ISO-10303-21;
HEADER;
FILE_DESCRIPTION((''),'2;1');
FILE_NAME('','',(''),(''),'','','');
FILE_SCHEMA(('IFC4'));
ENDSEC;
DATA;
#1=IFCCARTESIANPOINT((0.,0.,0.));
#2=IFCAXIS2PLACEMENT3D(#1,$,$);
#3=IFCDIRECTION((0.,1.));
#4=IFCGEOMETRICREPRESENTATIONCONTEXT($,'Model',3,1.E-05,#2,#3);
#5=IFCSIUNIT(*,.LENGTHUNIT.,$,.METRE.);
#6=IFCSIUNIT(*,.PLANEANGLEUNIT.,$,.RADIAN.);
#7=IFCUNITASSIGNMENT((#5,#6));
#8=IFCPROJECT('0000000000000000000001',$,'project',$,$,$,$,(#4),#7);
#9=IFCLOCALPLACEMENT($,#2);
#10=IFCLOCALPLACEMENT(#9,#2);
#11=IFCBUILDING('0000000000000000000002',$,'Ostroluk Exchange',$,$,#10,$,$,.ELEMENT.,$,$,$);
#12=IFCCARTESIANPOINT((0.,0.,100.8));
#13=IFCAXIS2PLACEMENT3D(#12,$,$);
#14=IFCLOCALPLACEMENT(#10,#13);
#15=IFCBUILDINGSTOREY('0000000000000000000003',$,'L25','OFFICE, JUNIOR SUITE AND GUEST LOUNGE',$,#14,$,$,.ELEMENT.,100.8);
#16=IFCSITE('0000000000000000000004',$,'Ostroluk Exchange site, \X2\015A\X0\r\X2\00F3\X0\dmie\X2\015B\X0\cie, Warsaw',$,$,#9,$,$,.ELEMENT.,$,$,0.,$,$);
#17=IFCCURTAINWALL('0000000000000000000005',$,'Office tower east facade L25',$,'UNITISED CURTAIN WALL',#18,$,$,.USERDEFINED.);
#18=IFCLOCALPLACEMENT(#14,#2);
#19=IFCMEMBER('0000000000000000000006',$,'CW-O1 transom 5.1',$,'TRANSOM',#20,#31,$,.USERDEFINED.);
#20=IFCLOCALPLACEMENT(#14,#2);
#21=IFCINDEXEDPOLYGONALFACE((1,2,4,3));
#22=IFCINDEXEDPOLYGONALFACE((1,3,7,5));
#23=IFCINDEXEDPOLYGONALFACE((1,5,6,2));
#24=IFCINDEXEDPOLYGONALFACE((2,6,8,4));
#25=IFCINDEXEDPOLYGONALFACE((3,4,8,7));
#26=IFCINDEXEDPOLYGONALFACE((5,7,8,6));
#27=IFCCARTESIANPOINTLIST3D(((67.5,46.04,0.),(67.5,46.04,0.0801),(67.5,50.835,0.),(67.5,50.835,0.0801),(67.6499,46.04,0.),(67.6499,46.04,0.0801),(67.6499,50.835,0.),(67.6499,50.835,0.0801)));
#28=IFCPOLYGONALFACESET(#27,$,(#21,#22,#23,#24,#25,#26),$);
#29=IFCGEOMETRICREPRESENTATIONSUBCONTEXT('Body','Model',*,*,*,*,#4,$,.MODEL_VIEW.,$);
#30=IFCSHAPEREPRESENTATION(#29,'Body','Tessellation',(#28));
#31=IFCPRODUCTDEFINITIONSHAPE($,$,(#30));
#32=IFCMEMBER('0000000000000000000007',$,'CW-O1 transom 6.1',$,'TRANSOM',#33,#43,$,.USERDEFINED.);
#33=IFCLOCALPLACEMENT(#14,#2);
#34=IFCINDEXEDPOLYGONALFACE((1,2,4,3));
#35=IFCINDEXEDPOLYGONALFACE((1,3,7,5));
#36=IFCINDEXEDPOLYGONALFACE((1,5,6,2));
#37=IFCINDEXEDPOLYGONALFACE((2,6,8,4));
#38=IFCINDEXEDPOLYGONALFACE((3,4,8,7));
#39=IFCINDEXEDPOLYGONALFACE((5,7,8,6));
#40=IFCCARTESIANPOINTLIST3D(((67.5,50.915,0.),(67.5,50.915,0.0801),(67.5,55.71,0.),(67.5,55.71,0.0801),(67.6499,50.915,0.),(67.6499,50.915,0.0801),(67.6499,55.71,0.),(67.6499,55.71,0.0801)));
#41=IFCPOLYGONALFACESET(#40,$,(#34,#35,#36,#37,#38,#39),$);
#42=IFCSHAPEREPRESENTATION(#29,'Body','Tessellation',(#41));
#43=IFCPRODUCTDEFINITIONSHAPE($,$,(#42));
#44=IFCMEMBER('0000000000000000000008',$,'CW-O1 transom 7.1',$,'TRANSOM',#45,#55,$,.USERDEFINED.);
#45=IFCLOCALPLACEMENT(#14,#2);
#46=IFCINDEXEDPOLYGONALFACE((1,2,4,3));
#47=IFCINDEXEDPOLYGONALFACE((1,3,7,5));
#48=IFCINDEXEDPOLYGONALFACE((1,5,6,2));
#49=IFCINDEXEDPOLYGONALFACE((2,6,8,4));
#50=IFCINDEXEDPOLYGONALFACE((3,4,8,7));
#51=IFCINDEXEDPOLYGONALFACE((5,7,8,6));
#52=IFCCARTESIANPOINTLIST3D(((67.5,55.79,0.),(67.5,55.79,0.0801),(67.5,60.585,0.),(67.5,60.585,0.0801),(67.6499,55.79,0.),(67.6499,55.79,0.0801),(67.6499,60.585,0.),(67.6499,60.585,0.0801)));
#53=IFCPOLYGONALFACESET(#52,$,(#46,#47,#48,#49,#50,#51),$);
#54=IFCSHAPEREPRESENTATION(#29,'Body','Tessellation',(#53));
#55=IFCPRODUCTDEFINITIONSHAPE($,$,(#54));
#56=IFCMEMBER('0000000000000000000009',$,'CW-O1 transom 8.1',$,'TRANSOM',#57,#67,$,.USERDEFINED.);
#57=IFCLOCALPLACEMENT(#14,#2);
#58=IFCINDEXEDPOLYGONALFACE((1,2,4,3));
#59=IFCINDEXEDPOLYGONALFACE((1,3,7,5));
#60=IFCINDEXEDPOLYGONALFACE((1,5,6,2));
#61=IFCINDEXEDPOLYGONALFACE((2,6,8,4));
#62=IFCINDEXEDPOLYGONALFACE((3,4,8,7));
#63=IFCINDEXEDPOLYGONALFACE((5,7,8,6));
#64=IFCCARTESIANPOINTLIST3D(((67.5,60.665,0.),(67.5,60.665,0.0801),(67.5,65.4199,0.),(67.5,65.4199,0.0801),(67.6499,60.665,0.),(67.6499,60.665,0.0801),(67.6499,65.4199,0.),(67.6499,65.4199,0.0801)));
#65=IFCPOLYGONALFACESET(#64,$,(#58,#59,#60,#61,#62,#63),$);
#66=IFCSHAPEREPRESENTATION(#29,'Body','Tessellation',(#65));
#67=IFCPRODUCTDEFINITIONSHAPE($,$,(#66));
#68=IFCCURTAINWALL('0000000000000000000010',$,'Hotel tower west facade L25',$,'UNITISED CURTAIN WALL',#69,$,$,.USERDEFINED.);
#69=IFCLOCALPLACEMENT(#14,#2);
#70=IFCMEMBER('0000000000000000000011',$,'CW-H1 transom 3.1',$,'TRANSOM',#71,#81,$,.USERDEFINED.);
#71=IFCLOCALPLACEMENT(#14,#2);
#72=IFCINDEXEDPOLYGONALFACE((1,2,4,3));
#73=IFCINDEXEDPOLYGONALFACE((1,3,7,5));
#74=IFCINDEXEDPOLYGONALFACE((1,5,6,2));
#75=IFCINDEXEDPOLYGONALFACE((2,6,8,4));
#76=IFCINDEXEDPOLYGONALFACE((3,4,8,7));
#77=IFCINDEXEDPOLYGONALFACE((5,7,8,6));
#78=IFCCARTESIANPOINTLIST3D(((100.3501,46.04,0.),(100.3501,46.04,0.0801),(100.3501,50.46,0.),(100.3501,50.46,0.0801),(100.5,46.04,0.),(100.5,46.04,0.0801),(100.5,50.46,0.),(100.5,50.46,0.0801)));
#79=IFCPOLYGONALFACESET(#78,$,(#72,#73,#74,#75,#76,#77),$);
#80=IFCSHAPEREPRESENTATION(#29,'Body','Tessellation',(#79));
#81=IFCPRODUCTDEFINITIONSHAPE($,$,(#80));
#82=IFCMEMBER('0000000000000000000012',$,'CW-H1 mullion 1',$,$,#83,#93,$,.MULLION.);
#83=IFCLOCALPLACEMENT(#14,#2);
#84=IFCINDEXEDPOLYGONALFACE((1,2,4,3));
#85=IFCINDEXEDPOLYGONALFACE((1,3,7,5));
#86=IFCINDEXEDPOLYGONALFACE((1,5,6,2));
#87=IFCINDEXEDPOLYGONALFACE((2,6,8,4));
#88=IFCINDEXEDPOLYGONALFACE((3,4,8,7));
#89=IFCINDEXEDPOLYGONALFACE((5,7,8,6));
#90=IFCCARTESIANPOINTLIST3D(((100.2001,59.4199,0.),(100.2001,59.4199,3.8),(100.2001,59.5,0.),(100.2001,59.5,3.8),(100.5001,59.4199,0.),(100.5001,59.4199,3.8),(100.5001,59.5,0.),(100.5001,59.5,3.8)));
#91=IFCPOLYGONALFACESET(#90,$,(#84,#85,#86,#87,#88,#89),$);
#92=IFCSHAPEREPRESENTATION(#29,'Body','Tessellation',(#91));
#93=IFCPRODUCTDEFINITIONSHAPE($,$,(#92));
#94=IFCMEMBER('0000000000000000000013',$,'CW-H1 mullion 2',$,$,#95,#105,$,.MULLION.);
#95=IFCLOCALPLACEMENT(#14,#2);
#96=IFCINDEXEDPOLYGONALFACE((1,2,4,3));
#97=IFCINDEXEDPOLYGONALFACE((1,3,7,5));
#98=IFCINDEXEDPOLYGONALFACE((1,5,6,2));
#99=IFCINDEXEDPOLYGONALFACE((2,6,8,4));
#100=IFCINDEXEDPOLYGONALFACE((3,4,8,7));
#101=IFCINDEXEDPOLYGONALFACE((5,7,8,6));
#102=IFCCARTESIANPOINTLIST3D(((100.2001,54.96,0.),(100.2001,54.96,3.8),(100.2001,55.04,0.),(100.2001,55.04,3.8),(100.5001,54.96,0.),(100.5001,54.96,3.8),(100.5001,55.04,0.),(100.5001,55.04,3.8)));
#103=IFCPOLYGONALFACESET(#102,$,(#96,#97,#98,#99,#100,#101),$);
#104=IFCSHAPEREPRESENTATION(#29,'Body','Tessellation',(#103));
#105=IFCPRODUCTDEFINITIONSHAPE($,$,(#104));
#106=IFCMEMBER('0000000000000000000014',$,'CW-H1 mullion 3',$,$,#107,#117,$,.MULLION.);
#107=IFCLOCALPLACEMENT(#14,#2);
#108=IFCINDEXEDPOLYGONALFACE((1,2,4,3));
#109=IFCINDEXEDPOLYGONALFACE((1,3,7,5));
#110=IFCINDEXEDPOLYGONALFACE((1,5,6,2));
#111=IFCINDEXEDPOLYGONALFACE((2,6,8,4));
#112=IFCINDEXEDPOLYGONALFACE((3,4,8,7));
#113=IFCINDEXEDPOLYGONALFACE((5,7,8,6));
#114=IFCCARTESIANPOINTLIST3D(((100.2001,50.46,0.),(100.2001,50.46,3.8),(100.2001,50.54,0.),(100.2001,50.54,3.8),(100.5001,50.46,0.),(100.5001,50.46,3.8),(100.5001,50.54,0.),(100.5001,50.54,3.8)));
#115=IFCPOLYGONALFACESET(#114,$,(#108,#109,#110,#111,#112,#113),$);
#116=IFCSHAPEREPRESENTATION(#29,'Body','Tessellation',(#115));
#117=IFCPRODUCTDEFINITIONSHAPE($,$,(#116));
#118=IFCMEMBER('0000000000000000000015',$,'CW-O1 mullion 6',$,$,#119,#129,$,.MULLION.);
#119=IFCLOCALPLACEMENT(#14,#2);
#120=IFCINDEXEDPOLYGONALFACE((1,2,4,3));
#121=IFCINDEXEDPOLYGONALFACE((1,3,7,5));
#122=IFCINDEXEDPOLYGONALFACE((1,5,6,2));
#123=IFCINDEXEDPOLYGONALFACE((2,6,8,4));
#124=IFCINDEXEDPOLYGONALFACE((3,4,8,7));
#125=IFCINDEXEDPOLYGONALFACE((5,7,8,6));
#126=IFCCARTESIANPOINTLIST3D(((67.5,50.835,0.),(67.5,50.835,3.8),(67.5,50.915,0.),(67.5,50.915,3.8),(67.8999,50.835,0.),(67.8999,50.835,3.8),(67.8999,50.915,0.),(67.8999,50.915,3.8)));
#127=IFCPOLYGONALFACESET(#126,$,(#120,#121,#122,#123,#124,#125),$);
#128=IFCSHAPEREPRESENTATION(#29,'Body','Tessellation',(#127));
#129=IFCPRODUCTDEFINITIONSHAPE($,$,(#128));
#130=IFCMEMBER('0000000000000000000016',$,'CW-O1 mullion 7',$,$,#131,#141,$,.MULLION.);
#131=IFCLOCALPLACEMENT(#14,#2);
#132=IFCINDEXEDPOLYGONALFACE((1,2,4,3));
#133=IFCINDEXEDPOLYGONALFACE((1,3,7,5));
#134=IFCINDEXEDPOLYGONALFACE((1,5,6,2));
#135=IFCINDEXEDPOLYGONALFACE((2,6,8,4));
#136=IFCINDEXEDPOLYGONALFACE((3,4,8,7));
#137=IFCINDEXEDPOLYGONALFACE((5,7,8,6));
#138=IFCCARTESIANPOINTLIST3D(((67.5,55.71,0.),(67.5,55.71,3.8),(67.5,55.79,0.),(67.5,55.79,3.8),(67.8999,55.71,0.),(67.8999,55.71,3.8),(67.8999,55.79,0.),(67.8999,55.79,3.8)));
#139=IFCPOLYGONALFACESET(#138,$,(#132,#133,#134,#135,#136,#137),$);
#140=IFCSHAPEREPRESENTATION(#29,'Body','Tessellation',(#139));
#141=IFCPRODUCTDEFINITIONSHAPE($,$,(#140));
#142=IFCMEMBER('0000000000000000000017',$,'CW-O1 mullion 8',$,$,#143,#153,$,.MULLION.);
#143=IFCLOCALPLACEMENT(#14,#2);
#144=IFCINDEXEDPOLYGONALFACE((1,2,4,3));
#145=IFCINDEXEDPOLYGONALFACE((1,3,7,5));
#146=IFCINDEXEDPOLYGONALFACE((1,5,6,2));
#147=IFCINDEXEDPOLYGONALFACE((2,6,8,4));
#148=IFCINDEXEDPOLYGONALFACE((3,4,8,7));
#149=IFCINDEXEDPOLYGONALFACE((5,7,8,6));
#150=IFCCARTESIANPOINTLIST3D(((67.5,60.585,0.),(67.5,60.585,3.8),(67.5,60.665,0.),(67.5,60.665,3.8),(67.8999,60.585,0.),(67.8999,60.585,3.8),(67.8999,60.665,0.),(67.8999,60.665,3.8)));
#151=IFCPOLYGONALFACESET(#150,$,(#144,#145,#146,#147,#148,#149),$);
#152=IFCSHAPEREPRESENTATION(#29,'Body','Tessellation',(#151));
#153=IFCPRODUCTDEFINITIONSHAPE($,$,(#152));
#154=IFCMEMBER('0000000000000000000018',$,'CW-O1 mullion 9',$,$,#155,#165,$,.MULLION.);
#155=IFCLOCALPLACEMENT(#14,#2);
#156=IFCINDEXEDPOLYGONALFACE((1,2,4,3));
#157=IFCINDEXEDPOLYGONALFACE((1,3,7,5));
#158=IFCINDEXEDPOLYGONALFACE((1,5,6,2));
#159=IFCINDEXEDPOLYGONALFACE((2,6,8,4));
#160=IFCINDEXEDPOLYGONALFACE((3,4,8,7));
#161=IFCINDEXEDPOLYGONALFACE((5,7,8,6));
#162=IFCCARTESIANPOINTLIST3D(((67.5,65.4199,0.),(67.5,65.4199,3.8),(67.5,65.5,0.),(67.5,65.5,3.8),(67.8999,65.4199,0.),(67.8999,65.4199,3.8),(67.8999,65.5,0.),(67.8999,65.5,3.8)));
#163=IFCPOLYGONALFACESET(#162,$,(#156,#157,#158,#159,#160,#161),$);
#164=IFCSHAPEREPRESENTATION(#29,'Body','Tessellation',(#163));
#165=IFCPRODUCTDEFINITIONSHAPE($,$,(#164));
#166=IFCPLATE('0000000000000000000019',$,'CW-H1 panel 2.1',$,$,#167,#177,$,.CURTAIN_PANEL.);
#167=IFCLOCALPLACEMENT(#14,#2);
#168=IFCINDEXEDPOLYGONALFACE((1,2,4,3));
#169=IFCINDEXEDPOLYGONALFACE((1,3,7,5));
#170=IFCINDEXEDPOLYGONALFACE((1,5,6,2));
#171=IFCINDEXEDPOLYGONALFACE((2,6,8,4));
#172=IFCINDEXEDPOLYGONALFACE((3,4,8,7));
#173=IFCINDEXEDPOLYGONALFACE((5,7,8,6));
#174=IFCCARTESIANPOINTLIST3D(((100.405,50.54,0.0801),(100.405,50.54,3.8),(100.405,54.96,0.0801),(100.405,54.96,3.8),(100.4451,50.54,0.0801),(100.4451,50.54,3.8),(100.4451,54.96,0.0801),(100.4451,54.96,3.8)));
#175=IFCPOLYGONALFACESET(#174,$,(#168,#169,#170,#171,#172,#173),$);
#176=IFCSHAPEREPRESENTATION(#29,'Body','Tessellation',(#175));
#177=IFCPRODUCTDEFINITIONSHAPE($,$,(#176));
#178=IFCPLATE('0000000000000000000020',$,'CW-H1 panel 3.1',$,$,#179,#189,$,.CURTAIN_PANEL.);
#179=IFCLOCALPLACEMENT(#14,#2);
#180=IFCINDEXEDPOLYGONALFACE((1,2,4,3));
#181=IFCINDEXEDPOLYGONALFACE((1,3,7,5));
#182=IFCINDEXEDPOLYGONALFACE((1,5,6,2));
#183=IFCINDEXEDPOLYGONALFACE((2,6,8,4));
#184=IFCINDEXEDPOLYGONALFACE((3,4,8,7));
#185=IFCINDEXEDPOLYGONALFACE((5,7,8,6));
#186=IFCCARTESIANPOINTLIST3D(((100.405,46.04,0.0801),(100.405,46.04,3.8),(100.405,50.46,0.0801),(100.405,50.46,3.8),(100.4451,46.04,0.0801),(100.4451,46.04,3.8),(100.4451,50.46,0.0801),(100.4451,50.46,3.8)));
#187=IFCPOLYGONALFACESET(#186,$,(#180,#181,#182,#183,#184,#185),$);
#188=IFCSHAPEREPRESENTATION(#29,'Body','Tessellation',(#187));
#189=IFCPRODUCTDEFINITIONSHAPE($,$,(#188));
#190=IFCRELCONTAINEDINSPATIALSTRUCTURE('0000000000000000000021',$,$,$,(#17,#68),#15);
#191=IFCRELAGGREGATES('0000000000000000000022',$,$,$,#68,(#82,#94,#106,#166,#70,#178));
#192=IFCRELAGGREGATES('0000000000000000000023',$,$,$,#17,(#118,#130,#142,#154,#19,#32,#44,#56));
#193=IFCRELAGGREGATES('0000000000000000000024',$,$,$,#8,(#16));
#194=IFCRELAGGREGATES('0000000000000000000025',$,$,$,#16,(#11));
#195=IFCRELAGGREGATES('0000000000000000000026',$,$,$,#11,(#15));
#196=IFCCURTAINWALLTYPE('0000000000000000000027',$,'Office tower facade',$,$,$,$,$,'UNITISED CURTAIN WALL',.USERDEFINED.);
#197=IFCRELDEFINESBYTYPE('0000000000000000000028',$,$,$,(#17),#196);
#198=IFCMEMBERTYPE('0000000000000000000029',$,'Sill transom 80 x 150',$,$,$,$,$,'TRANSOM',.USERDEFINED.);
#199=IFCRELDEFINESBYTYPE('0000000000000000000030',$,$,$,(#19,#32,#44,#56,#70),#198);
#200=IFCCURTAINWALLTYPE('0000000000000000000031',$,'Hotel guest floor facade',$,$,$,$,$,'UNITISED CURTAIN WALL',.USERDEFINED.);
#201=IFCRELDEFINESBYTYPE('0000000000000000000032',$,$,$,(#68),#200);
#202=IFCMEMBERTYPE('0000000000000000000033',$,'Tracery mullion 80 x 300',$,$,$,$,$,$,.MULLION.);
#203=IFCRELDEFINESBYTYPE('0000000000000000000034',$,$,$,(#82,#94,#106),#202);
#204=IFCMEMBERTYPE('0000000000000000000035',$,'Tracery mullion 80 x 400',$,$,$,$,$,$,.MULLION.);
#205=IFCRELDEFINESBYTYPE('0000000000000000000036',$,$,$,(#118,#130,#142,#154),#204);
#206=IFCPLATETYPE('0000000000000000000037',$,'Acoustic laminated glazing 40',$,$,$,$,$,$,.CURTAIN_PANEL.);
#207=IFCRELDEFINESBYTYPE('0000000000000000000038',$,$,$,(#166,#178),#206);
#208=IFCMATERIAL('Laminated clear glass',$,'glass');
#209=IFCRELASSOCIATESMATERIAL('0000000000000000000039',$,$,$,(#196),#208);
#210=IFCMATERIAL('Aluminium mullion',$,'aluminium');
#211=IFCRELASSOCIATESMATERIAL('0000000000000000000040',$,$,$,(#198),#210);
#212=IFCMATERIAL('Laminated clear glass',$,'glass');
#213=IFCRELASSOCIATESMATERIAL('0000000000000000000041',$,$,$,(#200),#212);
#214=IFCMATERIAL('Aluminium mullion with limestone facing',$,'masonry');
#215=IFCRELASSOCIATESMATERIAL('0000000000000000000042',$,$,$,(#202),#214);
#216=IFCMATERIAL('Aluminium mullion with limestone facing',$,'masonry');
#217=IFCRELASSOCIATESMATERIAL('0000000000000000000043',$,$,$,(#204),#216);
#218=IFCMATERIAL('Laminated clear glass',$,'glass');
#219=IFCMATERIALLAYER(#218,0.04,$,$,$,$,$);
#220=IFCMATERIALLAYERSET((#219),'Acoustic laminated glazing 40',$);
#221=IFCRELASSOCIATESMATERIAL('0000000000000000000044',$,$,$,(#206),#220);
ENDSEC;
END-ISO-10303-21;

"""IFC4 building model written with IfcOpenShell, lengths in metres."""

from ifc_helpers import new_model, si_unit, direction, frame, origin, origin_2d, place, context, subcontext, project, spatial, rectangle, extrude, material, layer, layer_set, material_profile, profile_set, type_object, element, aggregate, save


model = new_model("IFC4")

# Units and contexts
model_context = context("Model", 3, precision=1e-05, world=origin(), true_north=direction((0.0, 1.0)))
body_context = subcontext(model_context, "Body", "Model", "MODEL_VIEW")
ifc_project = project(units=[si_unit("LENGTHUNIT", "METRE"), si_unit("PLANEANGLEUNIT", "RADIAN")], contexts=[model_context])

# Site, building, storey
site_placement = place(None, origin())
site = spatial("IfcSite", under=ifc_project, at=site_placement, Name="Ostroluk Exchange site, Śródmieście, Warsaw", CompositionType="ELEMENT", RefElevation=0.0)
building_placement = place(site_placement, origin())
building = spatial("IfcBuilding", under=site, at=building_placement, Name="Ostroluk Exchange", CompositionType="ELEMENT")
storey_placement = place(building_placement, frame((0.0, 0.0, 100.8)))
storey = spatial("IfcBuildingStorey", under=building, at=storey_placement, Name="L25", Description="OFFICE, JUNIOR SUITE AND GUEST LOUNGE", CompositionType="ELEMENT", Elevation=100.8)

# Curtain walls, members
ifc_material_1 = material(Name="Laminated clear glass", Category="glass")
curtain_wall_type_1 = type_object("IfcCurtainWallType", Name="Office tower facade", ElementType="UNITISED CURTAIN WALL", PredefinedType="USERDEFINED", material=ifc_material_1)
curtain_wall_1_placement = place(storey_placement, origin())
curtain_wall_1 = element("IfcCurtainWall", 1, at=curtain_wall_1_placement, inside=storey, type_object=curtain_wall_type_1, Name="Office tower east facade L25", ObjectType="UNITISED CURTAIN WALL", PredefinedType="USERDEFINED")
ifc_material_2 = material(Name="Aluminium mullion", Category="aluminium")
ifc_material_profile_1 = material_profile(ifc_material_2, rectangle(XDim=0.1499, YDim=0.0801, at=origin_2d()), Name="Sill transom 80 x 150")
ifc_profile_set_1 = profile_set([ifc_material_profile_1], Name="Aluminium mullion")
member_type_1 = type_object("IfcMemberType", Name="Sill transom 80 x 150", ElementType="TRANSOM", PredefinedType="USERDEFINED", material=ifc_profile_set_1)
member_1_placement = place(storey_placement, frame((67.575, 46.04, 0.04), z_axis=(0.0, 1.0, 0.0), x_axis=(-1.0, 0.0, 0.0)))
member_1 = element("IfcMember", 2, at=member_1_placement, type_object=member_type_1, Name="CW-O1 transom 5.1", ObjectType="TRANSOM", PredefinedType="USERDEFINED", context=body_context, shape_type="SweptSolid", body=[
    extrude(rectangle(XDim=0.1499, YDim=0.0801, at=origin_2d()), origin(), (0.0, 0.0, 1.0), 4.7949),
])
member_2_placement = place(storey_placement, frame((67.575, 50.915, 0.04), z_axis=(0.0, 1.0, 0.0), x_axis=(-1.0, 0.0, 0.0)))
member_2 = element("IfcMember", 3, at=member_2_placement, type_object=member_type_1, Name="CW-O1 transom 6.1", ObjectType="TRANSOM", PredefinedType="USERDEFINED", context=body_context, shape_type="SweptSolid", body=[
    extrude(rectangle(XDim=0.1499, YDim=0.0801, at=origin_2d()), origin(), (0.0, 0.0, 1.0), 4.7949),
])
member_3_placement = place(storey_placement, frame((67.575, 55.79, 0.04), z_axis=(0.0, 1.0, 0.0), x_axis=(-1.0, 0.0, 0.0)))
member_3 = element("IfcMember", 4, at=member_3_placement, type_object=member_type_1, Name="CW-O1 transom 7.1", ObjectType="TRANSOM", PredefinedType="USERDEFINED", context=body_context, shape_type="SweptSolid", body=[
    extrude(rectangle(XDim=0.1499, YDim=0.0801, at=origin_2d()), origin(), (0.0, 0.0, 1.0), 4.7949),
])
member_4_placement = place(storey_placement, frame((67.575, 60.665, 0.04), z_axis=(0.0, 1.0, 0.0), x_axis=(-1.0, 0.0, 0.0)))
member_4 = element("IfcMember", 5, at=member_4_placement, type_object=member_type_1, Name="CW-O1 transom 8.1", ObjectType="TRANSOM", PredefinedType="USERDEFINED", context=body_context, shape_type="SweptSolid", body=[
    extrude(rectangle(XDim=0.1499, YDim=0.0801, at=origin_2d()), origin(), (0.0, 0.0, 1.0), 4.7549),
])
ifc_material_3 = material(Name="Laminated clear glass", Category="glass")
curtain_wall_type_2 = type_object("IfcCurtainWallType", Name="Hotel guest floor facade", ElementType="UNITISED CURTAIN WALL", PredefinedType="USERDEFINED", material=ifc_material_3)
curtain_wall_2_placement = place(storey_placement, origin())
curtain_wall_2 = element("IfcCurtainWall", 6, at=curtain_wall_2_placement, inside=storey, type_object=curtain_wall_type_2, Name="Hotel tower west facade L25", ObjectType="UNITISED CURTAIN WALL", PredefinedType="USERDEFINED")
member_5_placement = place(storey_placement, frame((100.425, 50.46, 0.04), z_axis=(0.0, -1.0, 0.0), x_axis=(1.0, 0.0, 0.0)))
member_5 = element("IfcMember", 7, at=member_5_placement, type_object=member_type_1, Name="CW-H1 transom 3.1", ObjectType="TRANSOM", PredefinedType="USERDEFINED", context=body_context, shape_type="SweptSolid", body=[
    extrude(rectangle(XDim=0.1499, YDim=0.0801, at=origin_2d()), origin(), (0.0, 0.0, 1.0), 4.4199),
])
ifc_material_4 = material(Name="Aluminium mullion with limestone facing", Category="masonry")
ifc_material_profile_2 = material_profile(ifc_material_4, rectangle(XDim=0.3, YDim=0.0801, at=origin_2d()), Name="Tracery mullion 80 x 300")
ifc_profile_set_2 = profile_set([ifc_material_profile_2], Name="Aluminium mullion with limestone facing")
member_type_2 = type_object("IfcMemberType", Name="Tracery mullion 80 x 300", PredefinedType="MULLION", material=ifc_profile_set_2)
member_6_placement = place(storey_placement, frame((100.3501, 59.46, 0.0), z_axis=(0.0, 0.0, 1.0), x_axis=(1.0, 0.0, 0.0)))
member_6 = element("IfcMember", 8, at=member_6_placement, type_object=member_type_2, Name="CW-H1 mullion 1", PredefinedType="MULLION", context=body_context, shape_type="SweptSolid", body=[
    extrude(rectangle(XDim=0.3, YDim=0.0801, at=origin_2d()), origin(), (0.0, 0.0, 1.0), 3.8),
])
member_7_placement = place(storey_placement, frame((100.3501, 55.0, 0.0), z_axis=(0.0, 0.0, 1.0), x_axis=(1.0, 0.0, 0.0)))
member_7 = element("IfcMember", 9, at=member_7_placement, type_object=member_type_2, Name="CW-H1 mullion 2", PredefinedType="MULLION", context=body_context, shape_type="SweptSolid", body=[
    extrude(rectangle(XDim=0.3, YDim=0.0801, at=origin_2d()), origin(), (0.0, 0.0, 1.0), 3.8),
])
member_8_placement = place(storey_placement, frame((100.3501, 50.5, 0.0), z_axis=(0.0, 0.0, 1.0), x_axis=(1.0, 0.0, 0.0)))
member_8 = element("IfcMember", 10, at=member_8_placement, type_object=member_type_2, Name="CW-H1 mullion 3", PredefinedType="MULLION", context=body_context, shape_type="SweptSolid", body=[
    extrude(rectangle(XDim=0.3, YDim=0.0801, at=origin_2d()), origin(), (0.0, 0.0, 1.0), 3.8),
])

# Members
ifc_material_5 = material(Name="Aluminium mullion with limestone facing", Category="masonry")
ifc_material_profile_3 = material_profile(ifc_material_5, rectangle(XDim=0.3999, YDim=0.0801, at=origin_2d()), Name="Tracery mullion 80 x 400")
ifc_profile_set_3 = profile_set([ifc_material_profile_3], Name="Aluminium mullion with limestone facing")
member_type_3 = type_object("IfcMemberType", Name="Tracery mullion 80 x 400", PredefinedType="MULLION", material=ifc_profile_set_3)
member_9_placement = place(storey_placement, frame((67.7, 50.875, 0.0), z_axis=(0.0, 0.0, 1.0), x_axis=(-1.0, 0.0, 0.0)))
member_9 = element("IfcMember", 11, at=member_9_placement, type_object=member_type_3, Name="CW-O1 mullion 6", PredefinedType="MULLION", context=body_context, shape_type="SweptSolid", body=[
    extrude(rectangle(XDim=0.3999, YDim=0.0801, at=origin_2d()), origin(), (0.0, 0.0, 1.0), 3.8),
])
member_10_placement = place(storey_placement, frame((67.7, 55.75, 0.0), z_axis=(0.0, 0.0, 1.0), x_axis=(-1.0, 0.0, 0.0)))
member_10 = element("IfcMember", 12, at=member_10_placement, type_object=member_type_3, Name="CW-O1 mullion 7", PredefinedType="MULLION", context=body_context, shape_type="SweptSolid", body=[
    extrude(rectangle(XDim=0.3999, YDim=0.0801, at=origin_2d()), origin(), (0.0, 0.0, 1.0), 3.8),
])
member_11_placement = place(storey_placement, frame((67.7, 60.625, 0.0), z_axis=(0.0, 0.0, 1.0), x_axis=(-1.0, 0.0, 0.0)))
member_11 = element("IfcMember", 13, at=member_11_placement, type_object=member_type_3, Name="CW-O1 mullion 8", PredefinedType="MULLION", context=body_context, shape_type="SweptSolid", body=[
    extrude(rectangle(XDim=0.3999, YDim=0.0801, at=origin_2d()), origin(), (0.0, 0.0, 1.0), 3.8),
])
member_12_placement = place(storey_placement, frame((67.7, 65.46, 0.0), z_axis=(0.0, 0.0, 1.0), x_axis=(-1.0, 0.0, 0.0)))
member_12 = element("IfcMember", 14, at=member_12_placement, type_object=member_type_3, Name="CW-O1 mullion 9", PredefinedType="MULLION", context=body_context, shape_type="SweptSolid", body=[
    extrude(rectangle(XDim=0.3999, YDim=0.0801, at=origin_2d()), origin(), (0.0, 0.0, 1.0), 3.8),
])

# Plates
ifc_material_6 = material(Name="Laminated clear glass", Category="glass")
ifc_layer_1 = layer(ifc_material_6, 0.04)
ifc_layer_set_1 = layer_set([ifc_layer_1], Name="Acoustic laminated glazing 40")
plate_type_1 = type_object("IfcPlateType", Name="Acoustic laminated glazing 40", PredefinedType="CURTAIN_PANEL", material=ifc_layer_set_1)
plate_1_placement = place(storey_placement, frame((100.425, 52.75, 0.0801), z_axis=(0.0, 0.0, 1.0), x_axis=(0.0, -1.0, 0.0)))
plate_1 = element("IfcPlate", 15, at=plate_1_placement, type_object=plate_type_1, Name="CW-H1 panel 2.1", PredefinedType="CURTAIN_PANEL", context=body_context, shape_type="SweptSolid", body=[
    extrude(rectangle(XDim=4.4199, YDim=0.04, at=origin_2d()), origin(), (0.0, 0.0, 1.0), 3.72),
])
plate_2_placement = place(storey_placement, frame((100.425, 48.25, 0.0801), z_axis=(0.0, 0.0, 1.0), x_axis=(0.0, -1.0, 0.0)))
plate_2 = element("IfcPlate", 16, at=plate_2_placement, type_object=plate_type_1, Name="CW-H1 panel 3.1", PredefinedType="CURTAIN_PANEL", context=body_context, shape_type="SweptSolid", body=[
    extrude(rectangle(XDim=4.4199, YDim=0.04, at=origin_2d()), origin(), (0.0, 0.0, 1.0), 3.72),
])
aggregate(curtain_wall_2, [member_6, member_7, member_8, plate_1, member_5, plate_2])
aggregate(curtain_wall_1, [member_9, member_10, member_11, member_12, member_1, member_2, member_3, member_4])

save(model, "model.ifc")
